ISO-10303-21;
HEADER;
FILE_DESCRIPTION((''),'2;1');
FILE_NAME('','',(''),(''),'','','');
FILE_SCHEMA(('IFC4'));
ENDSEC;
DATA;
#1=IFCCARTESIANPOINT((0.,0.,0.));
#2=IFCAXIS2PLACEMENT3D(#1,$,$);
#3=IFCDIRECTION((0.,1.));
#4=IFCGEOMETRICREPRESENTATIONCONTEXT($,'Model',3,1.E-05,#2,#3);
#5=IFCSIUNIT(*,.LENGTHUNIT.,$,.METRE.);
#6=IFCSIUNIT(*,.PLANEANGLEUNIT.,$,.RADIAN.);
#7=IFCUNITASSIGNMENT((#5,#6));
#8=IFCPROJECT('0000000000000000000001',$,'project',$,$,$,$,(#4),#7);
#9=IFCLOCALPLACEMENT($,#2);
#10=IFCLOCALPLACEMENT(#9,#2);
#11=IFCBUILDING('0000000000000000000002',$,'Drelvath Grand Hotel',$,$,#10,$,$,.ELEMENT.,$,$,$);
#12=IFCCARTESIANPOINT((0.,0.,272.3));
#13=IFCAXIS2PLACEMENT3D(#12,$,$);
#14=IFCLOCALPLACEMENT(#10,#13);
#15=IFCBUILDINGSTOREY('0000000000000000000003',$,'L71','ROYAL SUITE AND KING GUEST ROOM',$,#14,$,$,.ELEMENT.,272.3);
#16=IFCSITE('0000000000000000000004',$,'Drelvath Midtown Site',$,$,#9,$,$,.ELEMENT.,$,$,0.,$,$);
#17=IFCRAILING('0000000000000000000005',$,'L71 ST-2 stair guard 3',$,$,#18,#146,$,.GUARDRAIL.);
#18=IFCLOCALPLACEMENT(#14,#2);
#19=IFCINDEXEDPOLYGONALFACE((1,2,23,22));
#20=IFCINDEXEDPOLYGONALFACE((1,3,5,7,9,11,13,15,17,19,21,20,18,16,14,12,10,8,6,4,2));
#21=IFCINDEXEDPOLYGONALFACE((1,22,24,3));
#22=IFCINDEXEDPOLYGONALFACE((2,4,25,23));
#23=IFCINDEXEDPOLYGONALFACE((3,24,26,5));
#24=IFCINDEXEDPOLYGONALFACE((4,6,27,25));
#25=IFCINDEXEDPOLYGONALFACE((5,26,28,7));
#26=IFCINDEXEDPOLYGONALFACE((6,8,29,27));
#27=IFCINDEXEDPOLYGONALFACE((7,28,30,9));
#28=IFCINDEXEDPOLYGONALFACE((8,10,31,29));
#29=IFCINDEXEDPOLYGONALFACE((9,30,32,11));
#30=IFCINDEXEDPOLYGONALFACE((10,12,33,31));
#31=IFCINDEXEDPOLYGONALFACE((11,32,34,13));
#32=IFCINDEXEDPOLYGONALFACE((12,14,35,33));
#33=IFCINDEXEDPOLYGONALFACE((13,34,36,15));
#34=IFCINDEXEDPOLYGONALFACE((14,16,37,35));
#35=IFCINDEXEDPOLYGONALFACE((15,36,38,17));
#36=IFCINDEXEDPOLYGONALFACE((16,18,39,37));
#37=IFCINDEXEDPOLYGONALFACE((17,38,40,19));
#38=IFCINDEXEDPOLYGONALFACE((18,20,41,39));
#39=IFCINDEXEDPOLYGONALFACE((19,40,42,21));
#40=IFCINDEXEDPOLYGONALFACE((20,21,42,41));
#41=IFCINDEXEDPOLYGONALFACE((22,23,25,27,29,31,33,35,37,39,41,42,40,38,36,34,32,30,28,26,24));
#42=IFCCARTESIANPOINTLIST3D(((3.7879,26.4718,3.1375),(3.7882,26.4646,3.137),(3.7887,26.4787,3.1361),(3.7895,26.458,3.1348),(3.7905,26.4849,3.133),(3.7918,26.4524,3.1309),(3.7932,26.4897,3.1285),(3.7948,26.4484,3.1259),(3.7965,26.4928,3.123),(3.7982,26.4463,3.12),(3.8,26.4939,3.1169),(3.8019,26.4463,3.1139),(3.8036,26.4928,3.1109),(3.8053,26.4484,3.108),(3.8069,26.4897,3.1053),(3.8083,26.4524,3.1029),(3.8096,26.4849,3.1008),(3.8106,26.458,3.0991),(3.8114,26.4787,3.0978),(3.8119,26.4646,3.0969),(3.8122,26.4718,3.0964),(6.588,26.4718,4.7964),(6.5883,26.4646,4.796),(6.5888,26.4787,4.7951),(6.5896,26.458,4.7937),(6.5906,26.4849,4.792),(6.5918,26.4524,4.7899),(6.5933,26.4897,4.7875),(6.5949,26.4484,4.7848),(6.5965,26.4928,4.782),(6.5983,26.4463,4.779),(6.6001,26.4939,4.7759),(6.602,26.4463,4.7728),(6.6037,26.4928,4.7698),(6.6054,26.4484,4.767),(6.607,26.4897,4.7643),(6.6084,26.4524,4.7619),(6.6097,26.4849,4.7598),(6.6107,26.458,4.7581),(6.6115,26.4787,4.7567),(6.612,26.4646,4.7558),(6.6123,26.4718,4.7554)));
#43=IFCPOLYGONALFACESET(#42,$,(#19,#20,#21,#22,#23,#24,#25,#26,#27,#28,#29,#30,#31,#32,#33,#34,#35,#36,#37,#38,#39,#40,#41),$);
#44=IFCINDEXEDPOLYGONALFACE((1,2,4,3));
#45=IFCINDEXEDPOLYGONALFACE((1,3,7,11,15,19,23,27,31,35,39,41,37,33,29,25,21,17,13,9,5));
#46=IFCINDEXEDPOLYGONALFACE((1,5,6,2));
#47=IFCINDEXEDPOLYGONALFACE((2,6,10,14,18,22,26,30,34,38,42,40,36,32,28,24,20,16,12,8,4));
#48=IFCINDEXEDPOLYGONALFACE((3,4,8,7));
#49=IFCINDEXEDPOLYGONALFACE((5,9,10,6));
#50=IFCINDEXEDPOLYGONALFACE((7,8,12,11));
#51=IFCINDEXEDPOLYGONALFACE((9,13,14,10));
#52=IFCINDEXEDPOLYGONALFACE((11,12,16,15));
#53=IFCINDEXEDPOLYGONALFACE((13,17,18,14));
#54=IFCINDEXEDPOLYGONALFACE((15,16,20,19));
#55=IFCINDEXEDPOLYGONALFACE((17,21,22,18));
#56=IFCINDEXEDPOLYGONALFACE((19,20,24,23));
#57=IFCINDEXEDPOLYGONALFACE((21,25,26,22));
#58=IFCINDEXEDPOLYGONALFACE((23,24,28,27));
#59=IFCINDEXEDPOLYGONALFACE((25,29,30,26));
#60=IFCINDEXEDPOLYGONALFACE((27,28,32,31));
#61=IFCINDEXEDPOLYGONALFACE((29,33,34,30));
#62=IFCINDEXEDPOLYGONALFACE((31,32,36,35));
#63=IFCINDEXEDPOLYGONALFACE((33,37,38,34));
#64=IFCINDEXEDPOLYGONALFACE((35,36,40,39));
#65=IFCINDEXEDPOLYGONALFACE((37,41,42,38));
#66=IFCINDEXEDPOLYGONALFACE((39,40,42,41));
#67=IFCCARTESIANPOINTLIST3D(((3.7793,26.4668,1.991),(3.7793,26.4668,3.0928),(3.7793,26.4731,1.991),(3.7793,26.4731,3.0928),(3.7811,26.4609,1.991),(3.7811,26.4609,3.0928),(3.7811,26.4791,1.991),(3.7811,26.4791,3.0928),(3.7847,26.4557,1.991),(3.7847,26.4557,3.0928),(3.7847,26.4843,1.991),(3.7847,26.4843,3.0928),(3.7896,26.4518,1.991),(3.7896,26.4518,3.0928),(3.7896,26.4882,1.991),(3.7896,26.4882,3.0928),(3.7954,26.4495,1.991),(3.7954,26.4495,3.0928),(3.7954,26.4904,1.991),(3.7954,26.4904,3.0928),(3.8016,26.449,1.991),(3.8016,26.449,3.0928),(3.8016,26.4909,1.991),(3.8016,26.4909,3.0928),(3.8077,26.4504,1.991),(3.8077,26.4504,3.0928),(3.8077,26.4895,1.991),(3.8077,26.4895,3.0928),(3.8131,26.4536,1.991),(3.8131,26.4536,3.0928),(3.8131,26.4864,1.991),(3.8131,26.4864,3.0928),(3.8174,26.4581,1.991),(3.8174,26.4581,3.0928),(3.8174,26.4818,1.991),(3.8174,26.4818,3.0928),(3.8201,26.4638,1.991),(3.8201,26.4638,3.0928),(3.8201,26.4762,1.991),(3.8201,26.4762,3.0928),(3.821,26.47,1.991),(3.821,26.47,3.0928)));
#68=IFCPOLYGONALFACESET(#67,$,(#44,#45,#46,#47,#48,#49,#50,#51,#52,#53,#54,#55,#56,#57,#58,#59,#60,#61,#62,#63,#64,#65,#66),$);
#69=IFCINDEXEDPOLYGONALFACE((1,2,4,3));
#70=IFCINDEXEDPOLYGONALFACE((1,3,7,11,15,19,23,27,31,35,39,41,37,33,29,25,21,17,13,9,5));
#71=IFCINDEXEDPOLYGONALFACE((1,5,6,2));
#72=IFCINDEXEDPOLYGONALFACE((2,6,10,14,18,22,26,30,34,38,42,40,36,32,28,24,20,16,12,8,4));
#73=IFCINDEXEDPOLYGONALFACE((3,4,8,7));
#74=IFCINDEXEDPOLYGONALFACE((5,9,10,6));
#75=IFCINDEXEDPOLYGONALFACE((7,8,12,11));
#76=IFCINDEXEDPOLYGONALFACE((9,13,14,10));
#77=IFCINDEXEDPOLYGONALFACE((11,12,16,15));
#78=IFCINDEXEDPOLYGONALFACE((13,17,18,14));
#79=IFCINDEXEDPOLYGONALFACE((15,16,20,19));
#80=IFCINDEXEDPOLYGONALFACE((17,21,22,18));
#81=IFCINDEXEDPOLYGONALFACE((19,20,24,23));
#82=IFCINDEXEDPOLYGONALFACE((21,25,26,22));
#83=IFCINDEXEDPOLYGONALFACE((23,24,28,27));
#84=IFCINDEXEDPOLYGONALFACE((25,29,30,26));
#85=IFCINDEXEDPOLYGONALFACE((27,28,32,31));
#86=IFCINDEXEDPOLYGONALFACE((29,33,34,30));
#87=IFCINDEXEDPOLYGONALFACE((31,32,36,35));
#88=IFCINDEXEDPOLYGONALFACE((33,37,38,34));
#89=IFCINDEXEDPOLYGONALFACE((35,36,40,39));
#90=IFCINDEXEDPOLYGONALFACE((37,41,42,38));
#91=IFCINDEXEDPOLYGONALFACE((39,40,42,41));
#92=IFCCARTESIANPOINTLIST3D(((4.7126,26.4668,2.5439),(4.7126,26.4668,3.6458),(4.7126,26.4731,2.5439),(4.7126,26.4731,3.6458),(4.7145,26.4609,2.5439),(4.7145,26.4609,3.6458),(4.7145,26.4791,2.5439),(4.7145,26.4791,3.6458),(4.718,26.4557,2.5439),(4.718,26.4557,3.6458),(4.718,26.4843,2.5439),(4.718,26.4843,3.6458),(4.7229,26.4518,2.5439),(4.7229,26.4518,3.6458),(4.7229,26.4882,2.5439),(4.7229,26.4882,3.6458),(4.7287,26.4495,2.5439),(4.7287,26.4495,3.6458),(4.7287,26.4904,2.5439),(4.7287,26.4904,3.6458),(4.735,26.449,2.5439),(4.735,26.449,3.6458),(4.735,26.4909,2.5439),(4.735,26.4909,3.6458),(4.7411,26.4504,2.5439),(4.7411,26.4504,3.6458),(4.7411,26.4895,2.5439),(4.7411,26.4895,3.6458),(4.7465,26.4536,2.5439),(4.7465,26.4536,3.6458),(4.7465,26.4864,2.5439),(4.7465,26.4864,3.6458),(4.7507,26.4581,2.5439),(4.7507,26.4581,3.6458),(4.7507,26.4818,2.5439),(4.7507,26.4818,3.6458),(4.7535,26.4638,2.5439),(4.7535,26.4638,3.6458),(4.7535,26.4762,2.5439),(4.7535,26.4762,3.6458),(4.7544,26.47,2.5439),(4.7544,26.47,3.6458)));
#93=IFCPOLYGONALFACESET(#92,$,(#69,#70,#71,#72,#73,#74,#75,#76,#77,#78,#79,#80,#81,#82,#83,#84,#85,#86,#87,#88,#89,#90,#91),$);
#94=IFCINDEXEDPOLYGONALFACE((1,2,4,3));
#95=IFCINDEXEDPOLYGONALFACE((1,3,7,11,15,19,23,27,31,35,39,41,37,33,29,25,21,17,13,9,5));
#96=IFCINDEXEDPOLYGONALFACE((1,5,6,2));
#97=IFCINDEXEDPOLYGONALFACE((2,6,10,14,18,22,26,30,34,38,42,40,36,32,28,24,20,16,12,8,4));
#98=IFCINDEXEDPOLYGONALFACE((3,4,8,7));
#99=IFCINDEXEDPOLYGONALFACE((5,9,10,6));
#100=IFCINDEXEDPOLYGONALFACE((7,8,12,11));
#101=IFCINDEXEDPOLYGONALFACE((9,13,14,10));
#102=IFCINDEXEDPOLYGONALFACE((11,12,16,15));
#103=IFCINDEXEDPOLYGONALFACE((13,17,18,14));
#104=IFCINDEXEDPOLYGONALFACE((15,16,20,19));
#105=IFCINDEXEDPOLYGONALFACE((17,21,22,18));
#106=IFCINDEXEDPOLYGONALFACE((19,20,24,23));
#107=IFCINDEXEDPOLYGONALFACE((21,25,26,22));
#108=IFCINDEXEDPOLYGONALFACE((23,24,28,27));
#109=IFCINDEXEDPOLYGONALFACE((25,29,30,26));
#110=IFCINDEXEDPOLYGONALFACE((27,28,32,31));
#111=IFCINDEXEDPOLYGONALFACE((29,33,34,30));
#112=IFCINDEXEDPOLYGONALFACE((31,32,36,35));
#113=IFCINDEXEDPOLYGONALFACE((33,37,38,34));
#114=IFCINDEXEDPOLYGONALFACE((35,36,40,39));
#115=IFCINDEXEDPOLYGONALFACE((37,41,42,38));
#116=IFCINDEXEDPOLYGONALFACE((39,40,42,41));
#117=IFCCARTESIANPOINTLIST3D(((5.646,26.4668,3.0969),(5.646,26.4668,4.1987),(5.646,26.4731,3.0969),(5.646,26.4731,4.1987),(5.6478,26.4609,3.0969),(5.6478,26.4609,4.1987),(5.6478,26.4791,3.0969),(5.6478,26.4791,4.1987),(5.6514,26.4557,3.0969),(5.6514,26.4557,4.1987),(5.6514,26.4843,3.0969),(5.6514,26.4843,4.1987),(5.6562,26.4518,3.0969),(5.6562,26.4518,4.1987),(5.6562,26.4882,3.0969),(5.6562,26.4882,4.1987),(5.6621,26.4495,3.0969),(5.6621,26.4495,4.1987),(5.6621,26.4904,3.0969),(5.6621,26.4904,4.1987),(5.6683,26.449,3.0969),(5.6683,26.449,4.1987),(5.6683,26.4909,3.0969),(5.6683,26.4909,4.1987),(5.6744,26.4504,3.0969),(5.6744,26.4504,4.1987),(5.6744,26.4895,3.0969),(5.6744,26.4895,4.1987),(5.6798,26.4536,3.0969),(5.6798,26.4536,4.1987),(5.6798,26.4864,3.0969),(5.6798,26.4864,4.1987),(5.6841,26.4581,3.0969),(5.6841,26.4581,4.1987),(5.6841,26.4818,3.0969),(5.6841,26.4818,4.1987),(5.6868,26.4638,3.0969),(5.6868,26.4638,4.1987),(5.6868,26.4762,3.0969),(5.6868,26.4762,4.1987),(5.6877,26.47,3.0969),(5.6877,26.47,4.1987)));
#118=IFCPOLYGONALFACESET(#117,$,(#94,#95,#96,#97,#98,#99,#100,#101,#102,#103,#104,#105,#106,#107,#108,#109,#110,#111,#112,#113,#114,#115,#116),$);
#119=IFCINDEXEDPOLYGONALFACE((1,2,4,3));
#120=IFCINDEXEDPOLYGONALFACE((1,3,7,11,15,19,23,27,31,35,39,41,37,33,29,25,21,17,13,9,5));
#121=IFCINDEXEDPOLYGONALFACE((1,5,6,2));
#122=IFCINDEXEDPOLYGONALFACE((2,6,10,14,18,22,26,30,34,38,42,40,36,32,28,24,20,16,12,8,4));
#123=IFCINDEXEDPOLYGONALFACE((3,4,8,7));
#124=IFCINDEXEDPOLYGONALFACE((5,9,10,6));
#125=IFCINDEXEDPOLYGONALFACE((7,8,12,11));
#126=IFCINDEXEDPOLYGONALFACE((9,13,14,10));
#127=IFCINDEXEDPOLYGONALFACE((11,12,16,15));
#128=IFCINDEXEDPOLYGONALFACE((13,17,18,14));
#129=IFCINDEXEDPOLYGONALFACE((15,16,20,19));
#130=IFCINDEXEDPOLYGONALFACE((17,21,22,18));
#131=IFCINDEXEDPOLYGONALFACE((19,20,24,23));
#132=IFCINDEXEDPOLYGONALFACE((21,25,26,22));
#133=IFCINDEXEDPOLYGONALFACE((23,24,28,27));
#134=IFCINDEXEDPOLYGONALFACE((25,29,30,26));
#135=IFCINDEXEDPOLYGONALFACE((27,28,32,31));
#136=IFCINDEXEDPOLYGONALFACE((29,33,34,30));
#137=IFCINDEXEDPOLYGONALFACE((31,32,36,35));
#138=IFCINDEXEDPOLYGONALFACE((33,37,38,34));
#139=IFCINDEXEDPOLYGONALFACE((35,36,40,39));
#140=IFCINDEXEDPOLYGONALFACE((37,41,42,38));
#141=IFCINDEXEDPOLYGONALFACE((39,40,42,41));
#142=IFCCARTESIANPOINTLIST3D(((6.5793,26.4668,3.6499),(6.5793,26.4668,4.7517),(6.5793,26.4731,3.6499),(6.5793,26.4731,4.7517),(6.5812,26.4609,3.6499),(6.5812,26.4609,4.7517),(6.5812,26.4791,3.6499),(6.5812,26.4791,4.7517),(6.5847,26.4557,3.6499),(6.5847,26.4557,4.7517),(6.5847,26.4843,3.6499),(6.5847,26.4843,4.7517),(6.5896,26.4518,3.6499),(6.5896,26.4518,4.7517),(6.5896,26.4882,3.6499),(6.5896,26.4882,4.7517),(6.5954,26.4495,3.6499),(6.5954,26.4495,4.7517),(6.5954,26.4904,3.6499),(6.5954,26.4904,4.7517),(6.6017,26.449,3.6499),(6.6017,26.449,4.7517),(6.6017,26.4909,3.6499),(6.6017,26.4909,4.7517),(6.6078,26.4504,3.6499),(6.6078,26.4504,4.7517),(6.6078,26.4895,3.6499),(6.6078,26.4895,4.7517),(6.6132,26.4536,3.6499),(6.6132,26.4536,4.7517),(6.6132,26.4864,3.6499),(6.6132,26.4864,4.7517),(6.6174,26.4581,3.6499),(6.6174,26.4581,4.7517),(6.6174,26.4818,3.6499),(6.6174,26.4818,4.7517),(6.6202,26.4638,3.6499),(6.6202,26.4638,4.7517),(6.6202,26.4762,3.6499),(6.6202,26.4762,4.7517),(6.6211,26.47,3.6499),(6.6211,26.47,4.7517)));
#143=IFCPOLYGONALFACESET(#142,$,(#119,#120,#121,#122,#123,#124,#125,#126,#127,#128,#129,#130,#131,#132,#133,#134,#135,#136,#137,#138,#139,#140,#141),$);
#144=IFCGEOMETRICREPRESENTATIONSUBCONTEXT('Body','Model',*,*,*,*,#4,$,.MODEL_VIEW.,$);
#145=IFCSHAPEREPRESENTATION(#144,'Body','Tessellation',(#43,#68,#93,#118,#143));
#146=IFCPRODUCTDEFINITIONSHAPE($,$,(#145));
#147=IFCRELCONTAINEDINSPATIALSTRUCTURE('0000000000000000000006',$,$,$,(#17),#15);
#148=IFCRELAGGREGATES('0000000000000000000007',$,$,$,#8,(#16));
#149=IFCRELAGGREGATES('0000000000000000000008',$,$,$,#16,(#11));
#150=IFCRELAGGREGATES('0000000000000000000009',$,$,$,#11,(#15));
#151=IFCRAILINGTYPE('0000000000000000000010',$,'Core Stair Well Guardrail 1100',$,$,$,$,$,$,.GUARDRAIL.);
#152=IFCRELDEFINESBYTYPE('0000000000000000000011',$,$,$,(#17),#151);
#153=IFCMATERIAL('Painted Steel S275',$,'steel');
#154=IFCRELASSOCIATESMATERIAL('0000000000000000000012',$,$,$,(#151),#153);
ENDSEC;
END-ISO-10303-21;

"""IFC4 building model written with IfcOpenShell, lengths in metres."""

from ifc_helpers import new_model, si_unit, direction, frame, origin, origin_2d, place, context, subcontext, project, spatial, circle, extrude, material, type_object, element, save


model = new_model("IFC4")

# Units and contexts
model_context = context("Model", 3, precision=1e-05, world=origin(), true_north=direction((0.0, 1.0)))
body_context = subcontext(model_context, "Body", "Model", "MODEL_VIEW")
ifc_project = project(units=[si_unit("LENGTHUNIT", "METRE"), si_unit("PLANEANGLEUNIT", "RADIAN")], contexts=[model_context])

# Site, building, storey
site_placement = place(None, origin())
site = spatial("IfcSite", under=ifc_project, at=site_placement, Name="Drelvath Midtown Site", CompositionType="ELEMENT", RefElevation=0.0)
building_placement = place(site_placement, origin())
building = spatial("IfcBuilding", under=site, at=building_placement, Name="Drelvath Grand Hotel", CompositionType="ELEMENT")
storey_placement = place(building_placement, frame((0.0, 0.0, 272.3)))
storey = spatial("IfcBuildingStorey", under=building, at=storey_placement, Name="L71", Description="ROYAL SUITE AND KING GUEST ROOM", CompositionType="ELEMENT", Elevation=272.3)

# Railing
ifc_material_1 = material(Name="Painted Steel S275", Category="steel")
railing_type_1 = type_object("IfcRailingType", Name="Core Stair Well Guardrail 1100", PredefinedType="GUARDRAIL", material=ifc_material_1)
railing_1_placement = place(storey_placement, frame((3.8, 26.47, 1.991)))
element("IfcRailing", 1, at=railing_1_placement, inside=storey, type_object=railing_type_1, Name="L71 ST-2 stair guard 3", PredefinedType="GUARDRAIL", context=body_context, shape_type="SweptSolid", body=[
    extrude(circle(Radius=0.0239, at=origin_2d()), frame((0.0, 0.0, 1.126), z_axis=(0.860339, 0.0, 0.509722), x_axis=(0.0, 1.0, 0.0)), (0.0, 0.0, 1.0), 3.2546),
    extrude(circle(Radius=0.021, at=origin_2d()), origin(), (0.0, 0.0, 1.0), 1.1018),
    extrude(circle(Radius=0.021, at=origin_2d()), frame((0.9333, 0.0, 0.553)), (0.0, 0.0, 1.0), 1.1018),
    extrude(circle(Radius=0.021, at=origin_2d()), frame((1.8667, 0.0, 1.106)), (0.0, 0.0, 1.0), 1.1018),
    extrude(circle(Radius=0.021, at=origin_2d()), frame((2.8, 0.0, 1.6589)), (0.0, 0.0, 1.0), 1.1018),
])

save(model, "model.ifc")
